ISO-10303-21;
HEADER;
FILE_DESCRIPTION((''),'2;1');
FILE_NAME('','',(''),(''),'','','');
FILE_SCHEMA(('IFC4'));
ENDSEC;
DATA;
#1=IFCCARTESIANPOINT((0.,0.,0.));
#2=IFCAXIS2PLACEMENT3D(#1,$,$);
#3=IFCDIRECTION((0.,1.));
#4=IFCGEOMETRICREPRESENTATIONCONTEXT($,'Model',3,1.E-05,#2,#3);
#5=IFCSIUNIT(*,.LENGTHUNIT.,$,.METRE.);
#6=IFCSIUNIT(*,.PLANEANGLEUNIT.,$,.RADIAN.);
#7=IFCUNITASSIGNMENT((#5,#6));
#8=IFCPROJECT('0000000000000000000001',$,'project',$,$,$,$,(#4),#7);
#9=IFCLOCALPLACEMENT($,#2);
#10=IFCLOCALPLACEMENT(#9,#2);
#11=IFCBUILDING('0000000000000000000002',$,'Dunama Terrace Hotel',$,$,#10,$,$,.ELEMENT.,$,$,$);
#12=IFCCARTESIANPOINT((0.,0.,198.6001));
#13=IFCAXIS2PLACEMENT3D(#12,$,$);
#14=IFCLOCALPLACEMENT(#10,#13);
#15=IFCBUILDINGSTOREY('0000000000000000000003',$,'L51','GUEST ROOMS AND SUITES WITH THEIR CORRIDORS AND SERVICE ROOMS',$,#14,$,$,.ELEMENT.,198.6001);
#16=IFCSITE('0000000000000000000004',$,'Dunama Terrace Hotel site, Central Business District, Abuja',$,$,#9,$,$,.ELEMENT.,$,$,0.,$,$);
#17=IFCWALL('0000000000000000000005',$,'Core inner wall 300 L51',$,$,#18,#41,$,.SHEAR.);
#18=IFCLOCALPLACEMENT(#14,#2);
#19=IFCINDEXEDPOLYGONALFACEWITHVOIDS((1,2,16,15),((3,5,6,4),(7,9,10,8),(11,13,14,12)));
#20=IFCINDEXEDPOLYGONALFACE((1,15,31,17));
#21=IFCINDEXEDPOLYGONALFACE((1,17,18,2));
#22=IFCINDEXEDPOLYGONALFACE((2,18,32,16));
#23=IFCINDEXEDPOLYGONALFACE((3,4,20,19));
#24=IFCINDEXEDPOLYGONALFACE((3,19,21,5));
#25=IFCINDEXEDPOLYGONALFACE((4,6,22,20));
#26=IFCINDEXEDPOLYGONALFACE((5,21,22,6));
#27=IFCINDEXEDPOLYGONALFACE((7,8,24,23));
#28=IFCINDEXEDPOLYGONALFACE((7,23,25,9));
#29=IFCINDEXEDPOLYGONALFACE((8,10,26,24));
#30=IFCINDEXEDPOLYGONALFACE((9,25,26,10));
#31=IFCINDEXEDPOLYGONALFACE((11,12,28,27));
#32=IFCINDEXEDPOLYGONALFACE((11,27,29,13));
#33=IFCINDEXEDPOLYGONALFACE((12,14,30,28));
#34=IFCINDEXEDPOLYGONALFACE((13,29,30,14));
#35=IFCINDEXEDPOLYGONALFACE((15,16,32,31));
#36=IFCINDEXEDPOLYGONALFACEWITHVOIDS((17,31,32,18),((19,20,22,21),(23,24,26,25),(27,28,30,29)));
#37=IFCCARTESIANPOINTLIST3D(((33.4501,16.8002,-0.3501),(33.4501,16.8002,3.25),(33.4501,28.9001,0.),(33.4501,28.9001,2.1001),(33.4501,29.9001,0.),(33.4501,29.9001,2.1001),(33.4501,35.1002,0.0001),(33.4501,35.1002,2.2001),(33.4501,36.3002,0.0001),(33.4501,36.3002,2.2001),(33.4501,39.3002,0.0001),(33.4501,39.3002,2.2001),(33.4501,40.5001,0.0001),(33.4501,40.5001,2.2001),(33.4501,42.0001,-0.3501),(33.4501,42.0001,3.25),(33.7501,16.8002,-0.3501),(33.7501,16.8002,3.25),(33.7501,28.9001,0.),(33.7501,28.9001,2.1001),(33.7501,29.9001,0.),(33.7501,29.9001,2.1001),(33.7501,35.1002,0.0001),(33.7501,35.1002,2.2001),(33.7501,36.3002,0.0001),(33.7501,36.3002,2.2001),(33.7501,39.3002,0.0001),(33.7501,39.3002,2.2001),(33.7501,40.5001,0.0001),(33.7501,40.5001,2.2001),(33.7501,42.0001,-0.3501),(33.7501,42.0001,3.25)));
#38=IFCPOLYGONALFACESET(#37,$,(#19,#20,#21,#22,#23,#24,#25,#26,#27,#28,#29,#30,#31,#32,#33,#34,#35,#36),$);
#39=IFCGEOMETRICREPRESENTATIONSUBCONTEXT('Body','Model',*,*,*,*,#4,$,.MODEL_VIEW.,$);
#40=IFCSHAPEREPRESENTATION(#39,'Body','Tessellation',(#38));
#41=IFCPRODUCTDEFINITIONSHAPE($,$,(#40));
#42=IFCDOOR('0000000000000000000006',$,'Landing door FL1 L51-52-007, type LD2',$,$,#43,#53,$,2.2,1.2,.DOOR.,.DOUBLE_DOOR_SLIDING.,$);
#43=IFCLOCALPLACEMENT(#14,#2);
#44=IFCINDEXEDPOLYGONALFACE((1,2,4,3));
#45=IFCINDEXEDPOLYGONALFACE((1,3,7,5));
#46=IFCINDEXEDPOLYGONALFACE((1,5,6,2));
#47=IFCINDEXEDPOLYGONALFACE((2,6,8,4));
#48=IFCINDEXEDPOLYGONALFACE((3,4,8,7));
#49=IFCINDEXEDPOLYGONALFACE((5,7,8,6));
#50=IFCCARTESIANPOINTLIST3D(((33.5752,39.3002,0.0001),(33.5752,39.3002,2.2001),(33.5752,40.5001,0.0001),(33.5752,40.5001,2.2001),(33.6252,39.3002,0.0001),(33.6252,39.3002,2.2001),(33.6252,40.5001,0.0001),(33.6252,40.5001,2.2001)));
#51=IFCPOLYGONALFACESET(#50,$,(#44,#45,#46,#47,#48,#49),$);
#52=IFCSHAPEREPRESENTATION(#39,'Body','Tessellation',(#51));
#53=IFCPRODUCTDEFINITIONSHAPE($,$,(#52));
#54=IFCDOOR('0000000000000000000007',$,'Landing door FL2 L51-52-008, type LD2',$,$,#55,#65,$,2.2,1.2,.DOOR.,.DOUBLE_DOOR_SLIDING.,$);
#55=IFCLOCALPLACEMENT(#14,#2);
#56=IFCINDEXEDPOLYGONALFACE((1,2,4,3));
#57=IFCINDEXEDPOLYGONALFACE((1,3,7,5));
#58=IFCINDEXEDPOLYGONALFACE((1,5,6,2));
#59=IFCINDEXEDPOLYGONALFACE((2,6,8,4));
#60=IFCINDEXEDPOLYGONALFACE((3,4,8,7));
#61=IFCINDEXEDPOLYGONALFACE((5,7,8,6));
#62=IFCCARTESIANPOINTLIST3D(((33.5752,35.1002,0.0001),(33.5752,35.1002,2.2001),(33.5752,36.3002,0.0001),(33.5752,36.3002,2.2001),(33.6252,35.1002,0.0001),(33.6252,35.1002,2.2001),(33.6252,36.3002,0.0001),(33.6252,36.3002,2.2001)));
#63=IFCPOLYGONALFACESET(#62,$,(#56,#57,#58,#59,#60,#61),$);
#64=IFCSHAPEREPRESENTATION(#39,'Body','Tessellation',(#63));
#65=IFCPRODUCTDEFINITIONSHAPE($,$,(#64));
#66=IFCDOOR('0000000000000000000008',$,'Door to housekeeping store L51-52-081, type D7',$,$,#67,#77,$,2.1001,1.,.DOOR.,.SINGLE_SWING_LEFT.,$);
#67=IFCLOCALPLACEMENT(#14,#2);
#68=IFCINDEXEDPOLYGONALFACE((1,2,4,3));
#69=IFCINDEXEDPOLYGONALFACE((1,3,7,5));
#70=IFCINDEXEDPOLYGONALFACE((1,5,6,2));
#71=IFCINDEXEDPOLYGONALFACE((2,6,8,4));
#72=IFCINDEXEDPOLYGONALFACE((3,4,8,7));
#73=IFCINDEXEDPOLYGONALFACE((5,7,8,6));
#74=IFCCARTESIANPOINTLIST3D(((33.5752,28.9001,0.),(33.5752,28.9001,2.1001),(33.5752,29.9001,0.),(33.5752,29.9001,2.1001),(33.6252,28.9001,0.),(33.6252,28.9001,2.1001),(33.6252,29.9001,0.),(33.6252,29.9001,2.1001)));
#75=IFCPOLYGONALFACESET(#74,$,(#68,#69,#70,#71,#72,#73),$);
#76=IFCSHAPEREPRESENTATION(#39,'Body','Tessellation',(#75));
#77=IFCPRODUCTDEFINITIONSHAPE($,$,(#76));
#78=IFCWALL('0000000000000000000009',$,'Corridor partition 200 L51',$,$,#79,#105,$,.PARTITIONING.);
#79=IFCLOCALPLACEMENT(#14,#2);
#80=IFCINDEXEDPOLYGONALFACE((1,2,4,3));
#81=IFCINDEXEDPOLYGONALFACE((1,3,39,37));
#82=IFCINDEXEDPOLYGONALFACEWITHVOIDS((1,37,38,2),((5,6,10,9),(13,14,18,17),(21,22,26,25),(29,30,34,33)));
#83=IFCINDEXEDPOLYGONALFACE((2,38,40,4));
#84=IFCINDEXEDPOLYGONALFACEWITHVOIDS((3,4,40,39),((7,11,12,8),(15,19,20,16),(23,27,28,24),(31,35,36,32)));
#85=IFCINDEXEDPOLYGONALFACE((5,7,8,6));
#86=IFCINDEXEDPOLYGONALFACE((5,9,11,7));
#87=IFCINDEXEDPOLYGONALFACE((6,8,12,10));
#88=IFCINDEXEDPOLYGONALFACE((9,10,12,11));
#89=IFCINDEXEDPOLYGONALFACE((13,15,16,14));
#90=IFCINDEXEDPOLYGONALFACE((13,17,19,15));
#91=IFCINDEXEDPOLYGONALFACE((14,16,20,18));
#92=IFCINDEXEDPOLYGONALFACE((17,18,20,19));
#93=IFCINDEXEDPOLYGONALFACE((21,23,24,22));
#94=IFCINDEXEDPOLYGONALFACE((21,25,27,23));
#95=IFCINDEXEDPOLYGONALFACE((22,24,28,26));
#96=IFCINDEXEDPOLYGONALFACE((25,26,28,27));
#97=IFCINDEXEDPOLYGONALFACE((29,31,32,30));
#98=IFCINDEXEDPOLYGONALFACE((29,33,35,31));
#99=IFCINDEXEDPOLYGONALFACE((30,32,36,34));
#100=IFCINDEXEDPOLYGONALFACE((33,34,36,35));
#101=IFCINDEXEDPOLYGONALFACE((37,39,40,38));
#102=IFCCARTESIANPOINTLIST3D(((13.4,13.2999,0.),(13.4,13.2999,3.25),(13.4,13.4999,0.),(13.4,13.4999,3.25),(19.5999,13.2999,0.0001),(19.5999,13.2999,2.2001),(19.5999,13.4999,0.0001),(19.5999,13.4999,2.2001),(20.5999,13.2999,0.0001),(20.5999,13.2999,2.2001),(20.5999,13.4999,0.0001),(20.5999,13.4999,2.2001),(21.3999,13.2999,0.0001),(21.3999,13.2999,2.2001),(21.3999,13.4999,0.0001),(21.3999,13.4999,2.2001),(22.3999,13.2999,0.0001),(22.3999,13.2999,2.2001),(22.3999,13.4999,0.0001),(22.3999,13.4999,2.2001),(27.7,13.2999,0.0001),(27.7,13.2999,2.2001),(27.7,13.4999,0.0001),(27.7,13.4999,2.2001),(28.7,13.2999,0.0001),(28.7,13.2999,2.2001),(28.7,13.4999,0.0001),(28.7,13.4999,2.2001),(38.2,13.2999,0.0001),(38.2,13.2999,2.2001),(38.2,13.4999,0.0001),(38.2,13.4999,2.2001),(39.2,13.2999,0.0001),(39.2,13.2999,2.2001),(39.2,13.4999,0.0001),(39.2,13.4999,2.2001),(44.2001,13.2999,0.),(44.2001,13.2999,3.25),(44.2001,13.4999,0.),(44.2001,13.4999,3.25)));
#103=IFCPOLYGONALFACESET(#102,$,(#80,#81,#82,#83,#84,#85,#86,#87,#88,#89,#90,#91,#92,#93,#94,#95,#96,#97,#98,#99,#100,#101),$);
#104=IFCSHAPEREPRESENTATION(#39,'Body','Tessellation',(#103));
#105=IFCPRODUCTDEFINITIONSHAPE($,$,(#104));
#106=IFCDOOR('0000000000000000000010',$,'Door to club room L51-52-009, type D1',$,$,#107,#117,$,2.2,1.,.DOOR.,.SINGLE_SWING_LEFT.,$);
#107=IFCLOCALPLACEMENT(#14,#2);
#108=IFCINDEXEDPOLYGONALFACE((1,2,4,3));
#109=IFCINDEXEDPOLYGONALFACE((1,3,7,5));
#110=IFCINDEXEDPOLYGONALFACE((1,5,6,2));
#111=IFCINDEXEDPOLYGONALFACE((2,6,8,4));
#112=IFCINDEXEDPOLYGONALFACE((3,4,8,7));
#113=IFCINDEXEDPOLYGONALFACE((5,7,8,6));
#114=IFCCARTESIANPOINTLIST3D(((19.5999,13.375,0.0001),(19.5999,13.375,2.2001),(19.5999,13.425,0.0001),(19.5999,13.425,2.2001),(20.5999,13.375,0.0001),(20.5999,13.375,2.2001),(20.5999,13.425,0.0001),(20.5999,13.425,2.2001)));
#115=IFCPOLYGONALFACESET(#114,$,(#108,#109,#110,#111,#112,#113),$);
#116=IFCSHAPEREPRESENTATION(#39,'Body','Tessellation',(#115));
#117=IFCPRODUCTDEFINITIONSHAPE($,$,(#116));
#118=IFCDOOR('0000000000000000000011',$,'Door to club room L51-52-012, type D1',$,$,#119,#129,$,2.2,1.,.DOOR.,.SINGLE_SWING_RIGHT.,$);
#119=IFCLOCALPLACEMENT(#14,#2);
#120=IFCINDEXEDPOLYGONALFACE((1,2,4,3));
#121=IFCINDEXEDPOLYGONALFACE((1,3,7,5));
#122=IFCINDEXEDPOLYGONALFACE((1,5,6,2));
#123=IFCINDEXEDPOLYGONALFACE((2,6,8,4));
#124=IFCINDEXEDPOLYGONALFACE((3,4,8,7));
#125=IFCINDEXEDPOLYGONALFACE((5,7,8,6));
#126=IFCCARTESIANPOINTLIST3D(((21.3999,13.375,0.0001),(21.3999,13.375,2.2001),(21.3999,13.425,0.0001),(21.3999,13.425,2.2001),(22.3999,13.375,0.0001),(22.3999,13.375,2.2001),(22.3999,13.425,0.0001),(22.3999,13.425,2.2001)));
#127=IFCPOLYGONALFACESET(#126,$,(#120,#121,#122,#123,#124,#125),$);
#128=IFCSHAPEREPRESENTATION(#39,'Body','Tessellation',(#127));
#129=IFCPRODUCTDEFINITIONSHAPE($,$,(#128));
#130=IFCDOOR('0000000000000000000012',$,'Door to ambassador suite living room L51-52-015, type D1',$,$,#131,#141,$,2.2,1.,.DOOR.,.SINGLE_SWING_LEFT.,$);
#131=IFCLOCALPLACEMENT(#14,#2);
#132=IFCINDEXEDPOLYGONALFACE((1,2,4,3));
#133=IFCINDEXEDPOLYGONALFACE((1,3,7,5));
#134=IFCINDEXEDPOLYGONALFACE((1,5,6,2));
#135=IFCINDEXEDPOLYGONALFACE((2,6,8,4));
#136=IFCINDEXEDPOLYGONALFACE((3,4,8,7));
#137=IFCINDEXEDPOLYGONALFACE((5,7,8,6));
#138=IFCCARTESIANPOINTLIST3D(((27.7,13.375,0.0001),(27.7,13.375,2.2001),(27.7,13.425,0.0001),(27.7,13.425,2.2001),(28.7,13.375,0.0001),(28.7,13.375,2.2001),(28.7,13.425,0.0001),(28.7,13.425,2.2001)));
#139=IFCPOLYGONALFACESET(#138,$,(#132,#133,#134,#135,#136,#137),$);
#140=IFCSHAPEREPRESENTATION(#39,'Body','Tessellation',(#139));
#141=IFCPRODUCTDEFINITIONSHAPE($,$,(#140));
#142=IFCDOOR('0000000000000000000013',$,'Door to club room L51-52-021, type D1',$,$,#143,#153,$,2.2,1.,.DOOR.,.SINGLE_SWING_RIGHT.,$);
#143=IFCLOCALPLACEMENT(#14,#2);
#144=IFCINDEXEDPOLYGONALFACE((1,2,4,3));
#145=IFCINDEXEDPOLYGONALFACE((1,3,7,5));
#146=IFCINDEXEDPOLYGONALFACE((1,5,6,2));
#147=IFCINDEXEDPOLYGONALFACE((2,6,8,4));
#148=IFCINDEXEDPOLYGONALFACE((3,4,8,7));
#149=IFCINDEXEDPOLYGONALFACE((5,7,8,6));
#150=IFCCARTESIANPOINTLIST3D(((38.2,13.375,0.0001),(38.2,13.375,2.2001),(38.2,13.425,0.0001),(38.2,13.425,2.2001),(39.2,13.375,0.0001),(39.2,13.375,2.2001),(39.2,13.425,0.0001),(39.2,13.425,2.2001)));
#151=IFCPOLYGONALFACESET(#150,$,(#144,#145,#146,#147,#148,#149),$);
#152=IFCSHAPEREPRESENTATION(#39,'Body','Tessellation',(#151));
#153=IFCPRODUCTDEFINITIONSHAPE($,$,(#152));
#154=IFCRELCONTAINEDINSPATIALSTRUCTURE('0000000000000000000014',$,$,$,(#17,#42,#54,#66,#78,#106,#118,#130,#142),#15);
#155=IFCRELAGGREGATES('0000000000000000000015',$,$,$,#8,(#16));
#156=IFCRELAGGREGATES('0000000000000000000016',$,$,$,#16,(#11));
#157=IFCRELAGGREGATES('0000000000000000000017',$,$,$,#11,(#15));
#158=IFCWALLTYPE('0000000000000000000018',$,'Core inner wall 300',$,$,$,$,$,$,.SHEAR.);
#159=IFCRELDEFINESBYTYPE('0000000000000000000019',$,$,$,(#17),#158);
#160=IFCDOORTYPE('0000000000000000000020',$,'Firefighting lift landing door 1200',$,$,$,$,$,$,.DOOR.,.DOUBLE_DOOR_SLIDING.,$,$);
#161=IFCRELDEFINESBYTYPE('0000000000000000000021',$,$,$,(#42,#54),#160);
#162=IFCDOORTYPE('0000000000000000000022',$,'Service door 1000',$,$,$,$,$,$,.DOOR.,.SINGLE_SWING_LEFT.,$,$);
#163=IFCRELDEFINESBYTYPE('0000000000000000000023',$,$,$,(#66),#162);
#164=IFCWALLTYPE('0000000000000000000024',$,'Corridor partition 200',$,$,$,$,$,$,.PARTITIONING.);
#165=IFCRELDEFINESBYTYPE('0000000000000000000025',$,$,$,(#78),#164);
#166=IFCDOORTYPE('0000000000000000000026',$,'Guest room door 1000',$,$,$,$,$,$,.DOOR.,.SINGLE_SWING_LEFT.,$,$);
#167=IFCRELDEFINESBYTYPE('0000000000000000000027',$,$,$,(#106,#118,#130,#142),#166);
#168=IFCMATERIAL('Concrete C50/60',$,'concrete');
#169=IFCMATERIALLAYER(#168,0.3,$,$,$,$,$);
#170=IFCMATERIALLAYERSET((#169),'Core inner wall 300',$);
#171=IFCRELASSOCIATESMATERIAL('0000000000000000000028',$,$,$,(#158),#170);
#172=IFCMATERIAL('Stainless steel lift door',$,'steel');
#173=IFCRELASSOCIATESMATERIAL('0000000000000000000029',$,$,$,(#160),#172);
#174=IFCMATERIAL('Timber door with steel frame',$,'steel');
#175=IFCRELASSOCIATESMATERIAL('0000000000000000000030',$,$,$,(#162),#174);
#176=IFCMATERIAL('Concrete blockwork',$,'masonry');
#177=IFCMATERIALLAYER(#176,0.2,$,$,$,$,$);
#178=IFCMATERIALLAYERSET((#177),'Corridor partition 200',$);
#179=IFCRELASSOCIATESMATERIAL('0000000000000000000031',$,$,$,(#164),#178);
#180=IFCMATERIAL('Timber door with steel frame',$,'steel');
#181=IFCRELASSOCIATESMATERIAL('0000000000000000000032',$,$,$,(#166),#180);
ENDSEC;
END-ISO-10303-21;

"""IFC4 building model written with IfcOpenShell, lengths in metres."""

from ifc_helpers import new_model, si_unit, direction, frame, frame_2d, origin, place, context, subcontext, project, spatial, rectangle, extrude, material, layer, layer_set, type_object, element, fill, save


model = new_model("IFC4")

# Units and contexts
model_context = context("Model", 3, precision=1e-05, world=origin(), true_north=direction((0.0, 1.0)))
body_context = subcontext(model_context, "Body", "Model", "MODEL_VIEW")
ifc_project = project(units=[si_unit("LENGTHUNIT", "METRE"), si_unit("PLANEANGLEUNIT", "RADIAN")], contexts=[model_context])

# Site, building, storey
site_placement = place(None, origin())
site = spatial("IfcSite", under=ifc_project, at=site_placement, Name="Dunama Terrace Hotel site, Central Business District, Abuja", CompositionType="ELEMENT", RefElevation=0.0)
building_placement = place(site_placement, origin())
building = spatial("IfcBuilding", under=site, at=building_placement, Name="Dunama Terrace Hotel", CompositionType="ELEMENT")
storey_placement = place(building_placement, frame((0.0, 0.0, 198.6001)))
storey = spatial("IfcBuildingStorey", under=building, at=storey_placement, Name="L51", Description="GUEST ROOMS AND SUITES WITH THEIR CORRIDORS AND SERVICE ROOMS", CompositionType="ELEMENT", Elevation=198.6001)

# Walls, openings, doors
ifc_material_1 = material(Name="Concrete C50/60", Category="concrete")
ifc_layer_1 = layer(ifc_material_1, 0.3)
ifc_layer_set_1 = layer_set([ifc_layer_1], Name="Core inner wall 300")
wall_type_1 = type_object("IfcWallType", Name="Core inner wall 300", PredefinedType="SHEAR", material=ifc_layer_set_1)
wall_1_placement = place(storey_placement, frame((33.6001, 16.8, -0.3501), z_axis=(0.0, 0.0, 1.0), x_axis=(0.0, 1.0, 0.0)))
wall_1 = element("IfcWall", 1, at=wall_1_placement, inside=storey, type_object=wall_type_1, Name="Core inner wall 300 L51", PredefinedType="SHEAR", context=body_context, shape_type="SweptSolid", body=[
    extrude(rectangle(XDim=25.2, YDim=0.3, at=frame_2d((12.6001, 0.0))), origin(), (0.0, 0.0, 1.0), 3.6001),
])
opening_1_placement = place(wall_1_placement, frame((22.5, 0.0, 0.3501)))
opening_1 = element("IfcOpeningElement", 2, at=opening_1_placement, cuts=wall_1, PredefinedType="OPENING", context=body_context, shape_type="SweptSolid", body=[
    extrude(rectangle(XDim=1.2, YDim=2.2, at=frame_2d((0.6001, 1.1001))), frame((0.0, 0.1599, 0.0), z_axis=(0.0, -1.0, 0.0), x_axis=(1.0, 0.0, 0.0)), (0.0, 0.0, 1.0), 0.3201),
])
opening_2_placement = place(wall_1_placement, frame((18.3, 0.0, 0.3501)))
opening_2 = element("IfcOpeningElement", 3, at=opening_2_placement, cuts=wall_1, PredefinedType="OPENING", context=body_context, shape_type="SweptSolid", body=[
    extrude(rectangle(XDim=1.2, YDim=2.2, at=frame_2d((0.6001, 1.1001))), frame((0.0, 0.1599, 0.0), z_axis=(0.0, -1.0, 0.0), x_axis=(1.0, 0.0, 0.0)), (0.0, 0.0, 1.0), 0.3201),
])
opening_3_placement = place(wall_1_placement, frame((12.1001, 0.0, 0.3501)))
opening_3 = element("IfcOpeningElement", 4, at=opening_3_placement, cuts=wall_1, PredefinedType="OPENING", context=body_context, shape_type="SweptSolid", body=[
    extrude(rectangle(XDim=1.0, YDim=2.1001, at=frame_2d((0.5, 1.05))), frame((0.0, 0.1599, 0.0), z_axis=(0.0, -1.0, 0.0), x_axis=(1.0, 0.0, 0.0)), (0.0, 0.0, 1.0), 0.3201),
])
ifc_material_2 = material(Name="Stainless steel lift door", Category="steel")
door_type_1 = type_object("IfcDoorType", Name="Firefighting lift landing door 1200", OperationType="DOUBLE_DOOR_SLIDING", PredefinedType="DOOR", material=ifc_material_2)
door_1_placement = place(opening_1_placement, origin())
door_1 = element("IfcDoor", 5, at=door_1_placement, inside=storey, type_object=door_type_1, Name="Landing door FL1 L51-52-007, type LD2", OperationType="DOUBLE_DOOR_SLIDING", OverallHeight=2.2, OverallWidth=1.2, PredefinedType="DOOR", context=body_context, shape_type="SweptSolid", body=[
    extrude(rectangle(XDim=1.2, YDim=2.2, at=frame_2d((0.6001, 1.1001))), frame((0.0, 0.0249, 0.0), z_axis=(0.0, -1.0, 0.0), x_axis=(1.0, 0.0, 0.0)), (0.0, 0.0, 1.0), 0.05),
])
fill(opening_1, door_1)
door_2_placement = place(opening_2_placement, origin())
door_2 = element("IfcDoor", 6, at=door_2_placement, inside=storey, type_object=door_type_1, Name="Landing door FL2 L51-52-008, type LD2", OperationType="DOUBLE_DOOR_SLIDING", OverallHeight=2.2, OverallWidth=1.2, PredefinedType="DOOR", context=body_context, shape_type="SweptSolid", body=[
    extrude(rectangle(XDim=1.2, YDim=2.2, at=frame_2d((0.6001, 1.1001))), frame((0.0, 0.0249, 0.0), z_axis=(0.0, -1.0, 0.0), x_axis=(1.0, 0.0, 0.0)), (0.0, 0.0, 1.0), 0.05),
])
fill(opening_2, door_2)
ifc_material_3 = material(Name="Timber door with steel frame", Category="steel")
door_type_2 = type_object("IfcDoorType", Name="Service door 1000", OperationType="SINGLE_SWING_LEFT", PredefinedType="DOOR", material=ifc_material_3)
door_3_placement = place(opening_3_placement, origin())
door_3 = element("IfcDoor", 7, at=door_3_placement, inside=storey, type_object=door_type_2, Name="Door to housekeeping store L51-52-081, type D7", OperationType="SINGLE_SWING_LEFT", OverallHeight=2.1001, OverallWidth=1.0, PredefinedType="DOOR", context=body_context, shape_type="SweptSolid", body=[
    extrude(rectangle(XDim=1.0, YDim=2.1001, at=frame_2d((0.5, 1.05))), frame((0.0, 0.0249, 0.0), z_axis=(0.0, -1.0, 0.0), x_axis=(1.0, 0.0, 0.0)), (0.0, 0.0, 1.0), 0.05),
])
fill(opening_3, door_3)
ifc_material_4 = material(Name="Concrete blockwork", Category="masonry")
ifc_layer_2 = layer(ifc_material_4, 0.2)
ifc_layer_set_2 = layer_set([ifc_layer_2], Name="Corridor partition 200")
wall_type_2 = type_object("IfcWallType", Name="Corridor partition 200", PredefinedType="PARTITIONING", material=ifc_layer_set_2)
wall_2_placement = place(storey_placement, frame((44.2, 13.3999, 0.0), z_axis=(0.0, 0.0, 1.0), x_axis=(-1.0, 0.0, 0.0)))
wall_2 = element("IfcWall", 8, at=wall_2_placement, inside=storey, type_object=wall_type_2, Name="Corridor partition 200 L51", PredefinedType="PARTITIONING", context=body_context, shape_type="SweptSolid", body=[
    extrude(rectangle(XDim=30.8, YDim=0.2, at=frame_2d((15.3999, 0.0))), origin(), (0.0, 0.0, 1.0), 3.25),
])
opening_4_placement = place(wall_2_placement, frame((23.6001, 0.0, 0.0)))
opening_4 = element("IfcOpeningElement", 9, at=opening_4_placement, cuts=wall_2, PredefinedType="OPENING", context=body_context, shape_type="SweptSolid", body=[
    extrude(rectangle(XDim=1.0, YDim=2.2, at=frame_2d((0.5, 1.1001))), frame((0.0, 0.1099, 0.0), z_axis=(0.0, -1.0, 0.0), x_axis=(1.0, 0.0, 0.0)), (0.0, 0.0, 1.0), 0.22),
])
opening_5_placement = place(wall_2_placement, frame((21.8, 0.0, 0.0)))
opening_5 = element("IfcOpeningElement", 10, at=opening_5_placement, cuts=wall_2, PredefinedType="OPENING", context=body_context, shape_type="SweptSolid", body=[
    extrude(rectangle(XDim=1.0, YDim=2.2, at=frame_2d((0.5, 1.1001))), frame((0.0, 0.1099, 0.0), z_axis=(0.0, -1.0, 0.0), x_axis=(1.0, 0.0, 0.0)), (0.0, 0.0, 1.0), 0.22),
])
opening_6_placement = place(wall_2_placement, frame((15.5, 0.0, 0.0)))
opening_6 = element("IfcOpeningElement", 11, at=opening_6_placement, cuts=wall_2, PredefinedType="OPENING", context=body_context, shape_type="SweptSolid", body=[
    extrude(rectangle(XDim=1.0, YDim=2.2, at=frame_2d((0.5, 1.1001))), frame((0.0, 0.1099, 0.0), z_axis=(0.0, -1.0, 0.0), x_axis=(1.0, 0.0, 0.0)), (0.0, 0.0, 1.0), 0.22),
])
opening_7_placement = place(wall_2_placement, frame((5.0, 0.0, 0.0)))
opening_7 = element("IfcOpeningElement", 12, at=opening_7_placement, cuts=wall_2, PredefinedType="OPENING", context=body_context, shape_type="SweptSolid", body=[
    extrude(rectangle(XDim=1.0, YDim=2.2, at=frame_2d((0.5, 1.1001))), frame((0.0, 0.1099, 0.0), z_axis=(0.0, -1.0, 0.0), x_axis=(1.0, 0.0, 0.0)), (0.0, 0.0, 1.0), 0.22),
])
ifc_material_5 = material(Name="Timber door with steel frame", Category="steel")
door_type_3 = type_object("IfcDoorType", Name="Guest room door 1000", OperationType="SINGLE_SWING_LEFT", PredefinedType="DOOR", material=ifc_material_5)
door_4_placement = place(opening_4_placement, origin())
door_4 = element("IfcDoor", 13, at=door_4_placement, inside=storey, type_object=door_type_3, Name="Door to club room L51-52-009, type D1", OperationType="SINGLE_SWING_LEFT", OverallHeight=2.2, OverallWidth=1.0, PredefinedType="DOOR", context=body_context, shape_type="SweptSolid", body=[
    extrude(rectangle(XDim=1.0, YDim=2.2, at=frame_2d((0.5, 1.1001))), frame((0.0, 0.0249, 0.0), z_axis=(0.0, -1.0, 0.0), x_axis=(1.0, 0.0, 0.0)), (0.0, 0.0, 1.0), 0.05),
])
fill(opening_4, door_4)
door_5_placement = place(opening_5_placement, origin())
door_5 = element("IfcDoor", 14, at=door_5_placement, inside=storey, type_object=door_type_3, Name="Door to club room L51-52-012, type D1", OperationType="SINGLE_SWING_RIGHT", OverallHeight=2.2, OverallWidth=1.0, PredefinedType="DOOR", context=body_context, shape_type="SweptSolid", body=[
    extrude(rectangle(XDim=1.0, YDim=2.2, at=frame_2d((0.5, 1.1001))), frame((0.0, 0.0249, 0.0), z_axis=(0.0, -1.0, 0.0), x_axis=(1.0, 0.0, 0.0)), (0.0, 0.0, 1.0), 0.05),
])
fill(opening_5, door_5)
door_6_placement = place(opening_6_placement, origin())
door_6 = element("IfcDoor", 15, at=door_6_placement, inside=storey, type_object=door_type_3, Name="Door to ambassador suite living room L51-52-015, type D1", OperationType="SINGLE_SWING_LEFT", OverallHeight=2.2, OverallWidth=1.0, PredefinedType="DOOR", context=body_context, shape_type="SweptSolid", body=[
    extrude(rectangle(XDim=1.0, YDim=2.2, at=frame_2d((0.5, 1.1001))), frame((0.0, 0.0249, 0.0), z_axis=(0.0, -1.0, 0.0), x_axis=(1.0, 0.0, 0.0)), (0.0, 0.0, 1.0), 0.05),
])
fill(opening_6, door_6)
door_7_placement = place(opening_7_placement, origin())
door_7 = element("IfcDoor", 16, at=door_7_placement, inside=storey, type_object=door_type_3, Name="Door to club room L51-52-021, type D1", OperationType="SINGLE_SWING_RIGHT", OverallHeight=2.2, OverallWidth=1.0, PredefinedType="DOOR", context=body_context, shape_type="SweptSolid", body=[
    extrude(rectangle(XDim=1.0, YDim=2.2, at=frame_2d((0.5, 1.1001))), frame((0.0, 0.0249, 0.0), z_axis=(0.0, -1.0, 0.0), x_axis=(1.0, 0.0, 0.0)), (0.0, 0.0, 1.0), 0.05),
])
fill(opening_7, door_7)

save(model, "model.ifc")
